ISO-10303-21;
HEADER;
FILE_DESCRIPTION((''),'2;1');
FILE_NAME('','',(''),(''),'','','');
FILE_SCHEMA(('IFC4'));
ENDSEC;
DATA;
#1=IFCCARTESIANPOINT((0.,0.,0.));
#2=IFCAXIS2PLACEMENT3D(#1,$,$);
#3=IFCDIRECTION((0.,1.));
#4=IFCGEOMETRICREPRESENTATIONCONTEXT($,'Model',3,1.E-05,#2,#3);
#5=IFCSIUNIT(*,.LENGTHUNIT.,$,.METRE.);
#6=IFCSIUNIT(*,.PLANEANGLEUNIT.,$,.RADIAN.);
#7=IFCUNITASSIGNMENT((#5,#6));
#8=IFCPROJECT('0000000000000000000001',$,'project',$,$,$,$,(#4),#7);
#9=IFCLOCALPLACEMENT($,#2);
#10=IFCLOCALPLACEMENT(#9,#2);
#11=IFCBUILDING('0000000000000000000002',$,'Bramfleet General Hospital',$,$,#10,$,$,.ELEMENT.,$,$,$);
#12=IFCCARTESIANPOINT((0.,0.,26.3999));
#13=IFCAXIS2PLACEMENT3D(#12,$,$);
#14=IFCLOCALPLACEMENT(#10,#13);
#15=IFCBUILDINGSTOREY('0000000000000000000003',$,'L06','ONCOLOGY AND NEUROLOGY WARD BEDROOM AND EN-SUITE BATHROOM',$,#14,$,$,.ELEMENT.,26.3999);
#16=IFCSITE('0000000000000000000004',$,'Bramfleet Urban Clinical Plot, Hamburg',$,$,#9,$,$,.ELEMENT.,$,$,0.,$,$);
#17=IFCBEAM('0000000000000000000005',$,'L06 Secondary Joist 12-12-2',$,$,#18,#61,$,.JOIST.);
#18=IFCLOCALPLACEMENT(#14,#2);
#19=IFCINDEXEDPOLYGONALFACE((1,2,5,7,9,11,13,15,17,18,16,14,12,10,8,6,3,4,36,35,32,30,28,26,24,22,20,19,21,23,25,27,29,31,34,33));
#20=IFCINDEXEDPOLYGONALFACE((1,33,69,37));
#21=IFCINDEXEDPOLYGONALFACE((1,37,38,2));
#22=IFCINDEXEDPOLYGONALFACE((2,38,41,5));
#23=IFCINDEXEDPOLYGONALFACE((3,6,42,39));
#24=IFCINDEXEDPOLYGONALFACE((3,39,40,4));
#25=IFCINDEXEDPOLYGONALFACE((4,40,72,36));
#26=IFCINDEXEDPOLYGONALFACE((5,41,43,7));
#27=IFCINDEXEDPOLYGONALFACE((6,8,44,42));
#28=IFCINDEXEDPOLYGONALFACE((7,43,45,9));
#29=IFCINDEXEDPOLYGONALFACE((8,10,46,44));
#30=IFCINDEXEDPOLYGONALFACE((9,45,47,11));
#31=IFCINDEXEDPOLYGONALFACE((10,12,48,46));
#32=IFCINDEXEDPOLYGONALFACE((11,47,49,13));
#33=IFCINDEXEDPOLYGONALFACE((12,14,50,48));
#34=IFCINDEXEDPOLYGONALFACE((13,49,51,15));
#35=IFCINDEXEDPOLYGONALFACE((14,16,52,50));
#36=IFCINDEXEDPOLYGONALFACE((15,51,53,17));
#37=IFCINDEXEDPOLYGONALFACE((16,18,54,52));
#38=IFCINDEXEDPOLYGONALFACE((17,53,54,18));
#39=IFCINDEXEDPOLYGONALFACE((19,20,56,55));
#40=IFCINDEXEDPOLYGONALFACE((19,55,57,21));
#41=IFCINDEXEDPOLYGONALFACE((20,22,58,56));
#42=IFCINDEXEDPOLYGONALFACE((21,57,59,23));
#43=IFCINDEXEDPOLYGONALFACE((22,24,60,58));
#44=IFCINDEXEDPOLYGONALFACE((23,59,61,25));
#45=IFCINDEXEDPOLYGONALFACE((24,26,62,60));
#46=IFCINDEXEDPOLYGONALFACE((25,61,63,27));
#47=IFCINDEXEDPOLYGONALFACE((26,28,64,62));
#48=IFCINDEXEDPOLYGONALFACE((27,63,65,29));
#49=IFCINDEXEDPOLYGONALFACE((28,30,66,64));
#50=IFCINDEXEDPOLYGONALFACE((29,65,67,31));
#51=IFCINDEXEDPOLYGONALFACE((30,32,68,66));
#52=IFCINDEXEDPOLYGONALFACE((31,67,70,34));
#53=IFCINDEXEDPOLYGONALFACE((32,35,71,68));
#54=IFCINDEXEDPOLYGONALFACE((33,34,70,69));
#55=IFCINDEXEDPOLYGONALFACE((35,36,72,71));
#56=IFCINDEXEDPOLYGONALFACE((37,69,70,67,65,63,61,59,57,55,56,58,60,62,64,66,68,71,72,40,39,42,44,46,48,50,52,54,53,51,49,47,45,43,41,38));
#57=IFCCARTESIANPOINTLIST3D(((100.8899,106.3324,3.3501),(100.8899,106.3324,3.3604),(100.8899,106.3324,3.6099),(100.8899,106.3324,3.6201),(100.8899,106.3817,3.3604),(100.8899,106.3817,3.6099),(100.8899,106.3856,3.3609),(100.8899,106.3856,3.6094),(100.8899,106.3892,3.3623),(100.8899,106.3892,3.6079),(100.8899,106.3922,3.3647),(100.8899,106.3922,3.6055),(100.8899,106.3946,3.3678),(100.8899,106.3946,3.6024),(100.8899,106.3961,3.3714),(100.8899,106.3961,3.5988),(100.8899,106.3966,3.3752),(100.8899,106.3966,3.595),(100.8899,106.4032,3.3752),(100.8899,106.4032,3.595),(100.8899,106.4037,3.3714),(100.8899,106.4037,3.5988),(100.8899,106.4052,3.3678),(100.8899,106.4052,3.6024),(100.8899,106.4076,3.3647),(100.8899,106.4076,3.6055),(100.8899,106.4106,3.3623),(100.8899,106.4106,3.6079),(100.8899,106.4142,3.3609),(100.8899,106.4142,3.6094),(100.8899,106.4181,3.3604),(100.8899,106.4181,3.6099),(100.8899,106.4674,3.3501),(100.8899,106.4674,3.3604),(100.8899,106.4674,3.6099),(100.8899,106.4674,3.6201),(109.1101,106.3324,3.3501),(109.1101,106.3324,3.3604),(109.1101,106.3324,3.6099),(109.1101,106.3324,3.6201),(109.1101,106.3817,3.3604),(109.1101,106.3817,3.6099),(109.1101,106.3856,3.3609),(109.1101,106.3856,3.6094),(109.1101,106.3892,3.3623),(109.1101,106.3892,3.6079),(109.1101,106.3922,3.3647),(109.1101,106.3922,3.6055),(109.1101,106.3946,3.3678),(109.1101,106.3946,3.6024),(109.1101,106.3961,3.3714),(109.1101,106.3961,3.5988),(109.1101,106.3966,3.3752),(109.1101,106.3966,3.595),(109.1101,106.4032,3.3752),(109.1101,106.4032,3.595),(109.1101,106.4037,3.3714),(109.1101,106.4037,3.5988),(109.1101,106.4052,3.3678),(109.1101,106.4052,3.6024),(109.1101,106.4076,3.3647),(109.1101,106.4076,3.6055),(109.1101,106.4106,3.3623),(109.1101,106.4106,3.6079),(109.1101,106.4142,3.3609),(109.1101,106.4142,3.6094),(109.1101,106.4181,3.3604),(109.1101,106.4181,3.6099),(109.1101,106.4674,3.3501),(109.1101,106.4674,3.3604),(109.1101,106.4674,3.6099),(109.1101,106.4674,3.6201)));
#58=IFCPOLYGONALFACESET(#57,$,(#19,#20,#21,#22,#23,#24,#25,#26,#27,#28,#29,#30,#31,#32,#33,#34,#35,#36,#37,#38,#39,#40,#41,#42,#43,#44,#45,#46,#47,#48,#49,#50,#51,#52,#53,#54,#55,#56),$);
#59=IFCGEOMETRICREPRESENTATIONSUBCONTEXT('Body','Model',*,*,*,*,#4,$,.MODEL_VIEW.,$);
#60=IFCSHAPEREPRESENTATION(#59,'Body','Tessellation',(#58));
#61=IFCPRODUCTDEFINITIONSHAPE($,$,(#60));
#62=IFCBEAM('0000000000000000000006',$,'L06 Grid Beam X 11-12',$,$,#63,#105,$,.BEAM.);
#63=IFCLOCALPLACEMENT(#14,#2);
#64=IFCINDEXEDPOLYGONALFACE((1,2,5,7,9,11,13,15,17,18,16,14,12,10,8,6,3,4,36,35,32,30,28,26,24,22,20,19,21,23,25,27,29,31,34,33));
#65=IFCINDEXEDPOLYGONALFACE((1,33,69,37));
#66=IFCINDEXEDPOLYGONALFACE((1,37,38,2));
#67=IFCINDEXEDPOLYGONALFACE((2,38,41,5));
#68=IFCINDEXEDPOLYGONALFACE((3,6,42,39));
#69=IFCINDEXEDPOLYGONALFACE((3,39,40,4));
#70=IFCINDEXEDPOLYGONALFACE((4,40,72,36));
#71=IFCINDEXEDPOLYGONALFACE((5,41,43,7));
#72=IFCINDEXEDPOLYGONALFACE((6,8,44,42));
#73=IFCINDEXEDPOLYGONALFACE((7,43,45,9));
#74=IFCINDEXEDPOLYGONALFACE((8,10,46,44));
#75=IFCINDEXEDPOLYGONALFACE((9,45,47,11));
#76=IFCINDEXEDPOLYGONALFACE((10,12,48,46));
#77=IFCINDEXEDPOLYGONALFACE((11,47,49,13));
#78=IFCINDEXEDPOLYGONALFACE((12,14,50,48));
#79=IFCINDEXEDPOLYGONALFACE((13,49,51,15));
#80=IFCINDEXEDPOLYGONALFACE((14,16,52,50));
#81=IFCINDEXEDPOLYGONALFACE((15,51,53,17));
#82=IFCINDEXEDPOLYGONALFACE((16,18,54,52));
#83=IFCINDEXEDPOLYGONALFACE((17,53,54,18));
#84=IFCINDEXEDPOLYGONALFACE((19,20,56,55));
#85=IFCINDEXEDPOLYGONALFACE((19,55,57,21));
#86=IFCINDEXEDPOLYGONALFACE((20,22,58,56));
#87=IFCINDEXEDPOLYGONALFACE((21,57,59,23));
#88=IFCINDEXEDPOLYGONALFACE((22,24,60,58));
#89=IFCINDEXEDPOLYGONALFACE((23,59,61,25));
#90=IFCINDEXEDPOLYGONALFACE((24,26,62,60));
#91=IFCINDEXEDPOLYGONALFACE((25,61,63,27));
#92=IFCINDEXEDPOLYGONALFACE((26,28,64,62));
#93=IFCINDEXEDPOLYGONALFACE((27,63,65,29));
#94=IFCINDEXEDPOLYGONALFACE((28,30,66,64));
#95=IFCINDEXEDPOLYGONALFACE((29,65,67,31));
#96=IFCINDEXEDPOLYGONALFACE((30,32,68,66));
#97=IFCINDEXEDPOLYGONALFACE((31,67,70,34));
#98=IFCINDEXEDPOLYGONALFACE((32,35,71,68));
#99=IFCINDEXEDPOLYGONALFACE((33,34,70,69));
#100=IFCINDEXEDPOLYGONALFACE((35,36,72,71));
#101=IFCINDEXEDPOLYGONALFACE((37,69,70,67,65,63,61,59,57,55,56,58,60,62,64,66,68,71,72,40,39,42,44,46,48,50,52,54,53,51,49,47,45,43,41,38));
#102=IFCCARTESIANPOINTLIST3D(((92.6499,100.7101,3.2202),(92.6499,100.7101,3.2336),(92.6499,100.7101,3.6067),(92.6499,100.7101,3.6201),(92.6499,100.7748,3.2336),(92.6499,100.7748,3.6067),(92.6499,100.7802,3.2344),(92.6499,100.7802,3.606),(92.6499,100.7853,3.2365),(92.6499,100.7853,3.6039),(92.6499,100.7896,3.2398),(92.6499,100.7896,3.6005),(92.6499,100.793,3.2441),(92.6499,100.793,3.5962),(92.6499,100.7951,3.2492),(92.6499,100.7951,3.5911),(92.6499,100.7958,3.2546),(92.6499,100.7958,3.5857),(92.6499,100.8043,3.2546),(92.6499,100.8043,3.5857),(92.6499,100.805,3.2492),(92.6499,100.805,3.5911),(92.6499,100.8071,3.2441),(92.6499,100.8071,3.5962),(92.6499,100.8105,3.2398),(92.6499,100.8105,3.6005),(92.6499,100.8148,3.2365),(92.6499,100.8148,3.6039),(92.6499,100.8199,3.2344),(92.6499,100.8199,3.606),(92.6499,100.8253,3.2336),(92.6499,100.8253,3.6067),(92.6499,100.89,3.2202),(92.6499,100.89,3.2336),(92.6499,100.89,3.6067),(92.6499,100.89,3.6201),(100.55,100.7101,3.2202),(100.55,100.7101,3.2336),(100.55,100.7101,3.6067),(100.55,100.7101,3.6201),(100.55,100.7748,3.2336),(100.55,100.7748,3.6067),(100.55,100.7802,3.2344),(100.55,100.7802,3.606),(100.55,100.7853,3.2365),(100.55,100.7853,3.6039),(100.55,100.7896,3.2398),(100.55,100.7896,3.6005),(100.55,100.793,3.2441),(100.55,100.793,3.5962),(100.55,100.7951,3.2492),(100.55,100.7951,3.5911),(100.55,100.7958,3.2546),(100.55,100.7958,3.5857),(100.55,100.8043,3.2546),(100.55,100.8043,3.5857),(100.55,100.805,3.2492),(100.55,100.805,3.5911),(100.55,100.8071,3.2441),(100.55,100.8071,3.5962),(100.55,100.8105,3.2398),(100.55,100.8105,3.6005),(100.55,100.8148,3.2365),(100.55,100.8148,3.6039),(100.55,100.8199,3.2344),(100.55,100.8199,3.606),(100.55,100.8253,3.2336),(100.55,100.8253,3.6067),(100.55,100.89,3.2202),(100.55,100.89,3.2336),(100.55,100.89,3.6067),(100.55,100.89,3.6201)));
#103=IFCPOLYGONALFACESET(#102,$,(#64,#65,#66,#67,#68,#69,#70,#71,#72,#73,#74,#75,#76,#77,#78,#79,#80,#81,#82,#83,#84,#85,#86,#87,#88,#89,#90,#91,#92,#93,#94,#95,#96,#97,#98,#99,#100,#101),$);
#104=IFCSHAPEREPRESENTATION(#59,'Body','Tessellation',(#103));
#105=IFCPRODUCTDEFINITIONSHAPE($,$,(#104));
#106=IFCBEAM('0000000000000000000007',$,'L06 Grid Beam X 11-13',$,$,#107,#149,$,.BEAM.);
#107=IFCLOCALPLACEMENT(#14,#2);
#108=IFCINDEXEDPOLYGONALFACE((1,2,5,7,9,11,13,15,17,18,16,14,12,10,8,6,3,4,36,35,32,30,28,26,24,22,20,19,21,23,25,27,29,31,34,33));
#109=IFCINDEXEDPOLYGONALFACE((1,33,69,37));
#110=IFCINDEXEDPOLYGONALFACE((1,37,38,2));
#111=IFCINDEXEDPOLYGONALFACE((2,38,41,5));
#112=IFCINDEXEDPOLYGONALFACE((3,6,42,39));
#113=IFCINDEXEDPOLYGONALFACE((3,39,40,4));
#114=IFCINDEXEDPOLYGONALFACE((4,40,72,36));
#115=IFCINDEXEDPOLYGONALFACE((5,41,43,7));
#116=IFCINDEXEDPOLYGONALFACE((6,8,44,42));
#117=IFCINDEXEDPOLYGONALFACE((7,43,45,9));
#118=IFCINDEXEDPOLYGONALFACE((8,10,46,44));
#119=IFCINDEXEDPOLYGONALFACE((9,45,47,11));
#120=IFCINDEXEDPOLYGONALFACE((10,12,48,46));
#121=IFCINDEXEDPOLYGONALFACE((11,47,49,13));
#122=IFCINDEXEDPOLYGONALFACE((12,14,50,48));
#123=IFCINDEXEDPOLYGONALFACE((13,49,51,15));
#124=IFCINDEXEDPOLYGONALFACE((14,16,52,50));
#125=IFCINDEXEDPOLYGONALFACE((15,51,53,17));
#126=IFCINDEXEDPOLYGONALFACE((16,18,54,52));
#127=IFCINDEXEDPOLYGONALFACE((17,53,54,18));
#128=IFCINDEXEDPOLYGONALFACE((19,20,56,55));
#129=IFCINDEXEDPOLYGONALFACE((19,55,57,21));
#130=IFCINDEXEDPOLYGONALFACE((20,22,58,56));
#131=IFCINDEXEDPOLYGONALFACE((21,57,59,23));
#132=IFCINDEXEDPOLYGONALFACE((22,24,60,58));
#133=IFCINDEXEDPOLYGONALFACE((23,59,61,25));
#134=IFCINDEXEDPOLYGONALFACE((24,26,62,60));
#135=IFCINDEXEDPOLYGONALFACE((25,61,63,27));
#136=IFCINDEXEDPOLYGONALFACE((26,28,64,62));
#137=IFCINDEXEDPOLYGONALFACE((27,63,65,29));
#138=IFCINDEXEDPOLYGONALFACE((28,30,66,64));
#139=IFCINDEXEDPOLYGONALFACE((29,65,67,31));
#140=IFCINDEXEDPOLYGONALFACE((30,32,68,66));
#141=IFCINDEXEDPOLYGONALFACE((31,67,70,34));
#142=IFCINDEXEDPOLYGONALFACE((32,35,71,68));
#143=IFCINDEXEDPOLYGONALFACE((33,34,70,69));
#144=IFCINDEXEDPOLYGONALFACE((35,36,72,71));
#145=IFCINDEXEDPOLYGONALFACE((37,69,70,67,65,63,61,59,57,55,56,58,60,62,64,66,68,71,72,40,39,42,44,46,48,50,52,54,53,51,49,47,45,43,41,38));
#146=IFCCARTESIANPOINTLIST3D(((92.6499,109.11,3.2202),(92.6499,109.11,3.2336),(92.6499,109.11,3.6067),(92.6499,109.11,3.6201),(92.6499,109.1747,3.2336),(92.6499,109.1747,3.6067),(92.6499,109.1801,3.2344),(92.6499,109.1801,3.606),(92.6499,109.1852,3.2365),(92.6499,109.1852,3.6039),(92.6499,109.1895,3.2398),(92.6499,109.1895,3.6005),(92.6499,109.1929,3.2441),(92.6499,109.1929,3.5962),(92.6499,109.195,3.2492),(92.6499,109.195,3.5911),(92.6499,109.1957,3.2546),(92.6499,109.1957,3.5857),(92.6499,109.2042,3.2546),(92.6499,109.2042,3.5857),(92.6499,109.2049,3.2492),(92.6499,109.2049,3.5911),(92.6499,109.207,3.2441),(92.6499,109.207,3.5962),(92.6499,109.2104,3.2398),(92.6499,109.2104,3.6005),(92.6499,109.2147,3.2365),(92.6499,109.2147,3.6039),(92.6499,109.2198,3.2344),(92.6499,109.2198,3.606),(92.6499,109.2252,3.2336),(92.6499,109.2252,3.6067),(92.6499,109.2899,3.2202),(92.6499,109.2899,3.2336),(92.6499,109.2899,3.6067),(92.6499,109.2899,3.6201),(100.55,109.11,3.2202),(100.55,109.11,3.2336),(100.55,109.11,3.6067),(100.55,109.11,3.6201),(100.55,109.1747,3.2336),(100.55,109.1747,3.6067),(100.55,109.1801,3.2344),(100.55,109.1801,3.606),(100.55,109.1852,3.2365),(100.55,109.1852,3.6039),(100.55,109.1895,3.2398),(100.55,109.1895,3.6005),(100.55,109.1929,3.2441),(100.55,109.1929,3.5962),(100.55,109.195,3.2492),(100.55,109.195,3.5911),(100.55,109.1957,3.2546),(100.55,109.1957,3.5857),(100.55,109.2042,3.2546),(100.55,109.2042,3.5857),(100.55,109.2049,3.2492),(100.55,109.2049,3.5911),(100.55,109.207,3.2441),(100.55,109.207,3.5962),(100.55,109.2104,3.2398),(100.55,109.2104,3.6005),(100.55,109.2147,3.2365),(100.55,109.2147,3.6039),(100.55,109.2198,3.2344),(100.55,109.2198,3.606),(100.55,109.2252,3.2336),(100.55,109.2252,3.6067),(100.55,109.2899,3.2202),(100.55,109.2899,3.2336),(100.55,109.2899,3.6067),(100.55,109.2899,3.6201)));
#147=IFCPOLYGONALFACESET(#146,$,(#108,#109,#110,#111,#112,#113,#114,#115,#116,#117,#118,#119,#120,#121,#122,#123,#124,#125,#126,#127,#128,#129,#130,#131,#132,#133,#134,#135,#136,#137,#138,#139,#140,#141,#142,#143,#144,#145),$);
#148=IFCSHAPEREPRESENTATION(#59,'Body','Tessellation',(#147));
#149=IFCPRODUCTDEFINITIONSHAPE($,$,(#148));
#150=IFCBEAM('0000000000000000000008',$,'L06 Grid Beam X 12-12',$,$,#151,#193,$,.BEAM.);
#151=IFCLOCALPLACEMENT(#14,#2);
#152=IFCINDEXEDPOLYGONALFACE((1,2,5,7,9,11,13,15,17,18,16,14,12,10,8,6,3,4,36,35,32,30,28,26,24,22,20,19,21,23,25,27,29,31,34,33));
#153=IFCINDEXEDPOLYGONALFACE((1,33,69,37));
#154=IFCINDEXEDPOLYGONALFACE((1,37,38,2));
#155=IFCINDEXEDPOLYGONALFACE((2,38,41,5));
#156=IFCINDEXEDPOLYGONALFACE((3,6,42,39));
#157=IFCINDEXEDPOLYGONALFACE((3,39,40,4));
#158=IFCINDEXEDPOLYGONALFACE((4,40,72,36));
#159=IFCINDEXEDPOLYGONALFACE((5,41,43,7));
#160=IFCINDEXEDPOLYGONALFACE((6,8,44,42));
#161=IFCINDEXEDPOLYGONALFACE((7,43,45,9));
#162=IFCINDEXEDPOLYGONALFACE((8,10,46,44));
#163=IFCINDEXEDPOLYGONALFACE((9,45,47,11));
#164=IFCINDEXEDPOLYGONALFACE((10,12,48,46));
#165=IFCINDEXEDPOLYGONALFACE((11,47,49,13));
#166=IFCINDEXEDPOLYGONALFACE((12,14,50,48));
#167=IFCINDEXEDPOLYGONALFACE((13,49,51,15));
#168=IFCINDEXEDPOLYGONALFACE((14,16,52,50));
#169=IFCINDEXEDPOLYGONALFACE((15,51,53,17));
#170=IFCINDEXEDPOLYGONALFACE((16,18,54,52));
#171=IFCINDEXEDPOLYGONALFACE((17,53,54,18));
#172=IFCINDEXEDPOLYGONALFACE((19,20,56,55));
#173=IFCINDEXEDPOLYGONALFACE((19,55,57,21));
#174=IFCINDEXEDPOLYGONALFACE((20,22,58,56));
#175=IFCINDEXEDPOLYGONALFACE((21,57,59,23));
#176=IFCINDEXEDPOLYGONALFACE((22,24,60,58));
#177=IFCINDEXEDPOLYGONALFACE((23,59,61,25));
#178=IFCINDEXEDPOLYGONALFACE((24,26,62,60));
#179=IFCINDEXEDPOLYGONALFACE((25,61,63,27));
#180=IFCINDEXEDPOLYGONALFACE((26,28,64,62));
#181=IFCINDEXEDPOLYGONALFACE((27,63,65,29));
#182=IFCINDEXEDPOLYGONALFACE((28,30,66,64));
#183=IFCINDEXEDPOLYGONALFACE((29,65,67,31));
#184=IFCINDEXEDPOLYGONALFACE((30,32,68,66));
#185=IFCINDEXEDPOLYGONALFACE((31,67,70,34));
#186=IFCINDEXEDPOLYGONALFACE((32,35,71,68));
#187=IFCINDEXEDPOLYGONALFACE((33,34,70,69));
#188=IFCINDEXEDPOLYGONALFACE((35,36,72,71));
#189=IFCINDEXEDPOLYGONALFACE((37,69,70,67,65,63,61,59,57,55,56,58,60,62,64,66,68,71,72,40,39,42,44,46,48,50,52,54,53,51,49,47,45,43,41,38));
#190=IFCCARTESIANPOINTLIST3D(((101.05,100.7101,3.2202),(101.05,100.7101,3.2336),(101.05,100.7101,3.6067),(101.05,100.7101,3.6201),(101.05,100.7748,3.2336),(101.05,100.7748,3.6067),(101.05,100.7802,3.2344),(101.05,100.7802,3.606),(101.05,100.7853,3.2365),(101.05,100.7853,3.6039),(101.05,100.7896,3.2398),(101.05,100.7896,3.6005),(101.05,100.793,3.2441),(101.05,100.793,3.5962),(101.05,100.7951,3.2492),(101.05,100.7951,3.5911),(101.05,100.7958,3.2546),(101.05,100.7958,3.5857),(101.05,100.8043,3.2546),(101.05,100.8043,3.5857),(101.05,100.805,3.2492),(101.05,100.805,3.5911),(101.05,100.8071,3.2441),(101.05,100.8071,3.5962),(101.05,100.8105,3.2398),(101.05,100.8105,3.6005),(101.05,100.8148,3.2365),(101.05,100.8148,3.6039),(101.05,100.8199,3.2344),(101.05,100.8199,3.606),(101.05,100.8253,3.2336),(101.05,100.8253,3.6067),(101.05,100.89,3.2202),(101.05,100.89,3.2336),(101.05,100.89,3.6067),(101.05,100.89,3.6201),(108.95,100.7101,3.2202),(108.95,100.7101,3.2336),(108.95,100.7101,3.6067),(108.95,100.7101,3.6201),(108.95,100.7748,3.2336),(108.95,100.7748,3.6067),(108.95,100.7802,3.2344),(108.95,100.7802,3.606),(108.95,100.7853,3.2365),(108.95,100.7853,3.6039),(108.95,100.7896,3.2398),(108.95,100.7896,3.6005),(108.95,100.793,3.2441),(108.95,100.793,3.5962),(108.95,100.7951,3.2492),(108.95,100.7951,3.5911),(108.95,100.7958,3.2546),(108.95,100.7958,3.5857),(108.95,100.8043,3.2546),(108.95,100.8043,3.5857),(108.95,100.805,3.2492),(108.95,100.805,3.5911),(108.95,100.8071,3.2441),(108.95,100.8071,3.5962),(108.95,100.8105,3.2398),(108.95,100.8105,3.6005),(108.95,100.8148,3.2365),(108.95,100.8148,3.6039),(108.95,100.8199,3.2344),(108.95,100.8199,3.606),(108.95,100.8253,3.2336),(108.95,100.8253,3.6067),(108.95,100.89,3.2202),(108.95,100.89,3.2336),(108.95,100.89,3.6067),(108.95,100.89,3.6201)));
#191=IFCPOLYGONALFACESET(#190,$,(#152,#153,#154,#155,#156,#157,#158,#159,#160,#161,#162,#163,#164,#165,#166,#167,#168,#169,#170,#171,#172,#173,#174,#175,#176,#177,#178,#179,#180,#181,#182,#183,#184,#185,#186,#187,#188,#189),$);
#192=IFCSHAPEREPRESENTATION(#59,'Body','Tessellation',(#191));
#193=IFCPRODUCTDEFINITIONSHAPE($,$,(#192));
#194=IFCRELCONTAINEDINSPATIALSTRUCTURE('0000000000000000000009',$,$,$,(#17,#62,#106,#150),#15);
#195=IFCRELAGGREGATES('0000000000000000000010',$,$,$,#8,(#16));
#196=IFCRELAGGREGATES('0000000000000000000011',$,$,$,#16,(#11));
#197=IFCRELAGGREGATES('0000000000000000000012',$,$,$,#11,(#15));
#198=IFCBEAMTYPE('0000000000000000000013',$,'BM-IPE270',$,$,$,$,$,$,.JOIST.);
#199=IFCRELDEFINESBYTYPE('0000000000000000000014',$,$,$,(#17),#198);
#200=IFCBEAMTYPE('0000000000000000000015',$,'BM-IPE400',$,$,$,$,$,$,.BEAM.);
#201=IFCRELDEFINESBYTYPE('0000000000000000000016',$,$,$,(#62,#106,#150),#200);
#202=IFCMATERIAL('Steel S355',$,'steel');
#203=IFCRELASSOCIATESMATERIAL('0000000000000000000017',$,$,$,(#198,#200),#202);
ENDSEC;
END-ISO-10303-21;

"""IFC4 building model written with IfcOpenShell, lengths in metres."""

from ifc_helpers import new_model, si_unit, direction, frame, origin, origin_2d, place, context, subcontext, project, spatial, i_section, extrude, material, material_profile, profile_set, type_object, element, save


model = new_model("IFC4")

# Units and contexts
model_context = context("Model", 3, precision=1e-05, world=origin(), true_north=direction((0.0, 1.0)))
body_context = subcontext(model_context, "Body", "Model", "MODEL_VIEW")
ifc_project = project(units=[si_unit("LENGTHUNIT", "METRE"), si_unit("PLANEANGLEUNIT", "RADIAN")], contexts=[model_context])

# Site, building, storey
site_placement = place(None, origin())
site = spatial("IfcSite", under=ifc_project, at=site_placement, Name="Bramfleet Urban Clinical Plot, Hamburg", CompositionType="ELEMENT", RefElevation=0.0)
building_placement = place(site_placement, origin())
building = spatial("IfcBuilding", under=site, at=building_placement, Name="Bramfleet General Hospital", CompositionType="ELEMENT")
storey_placement = place(building_placement, frame((0.0, 0.0, 26.3999)))
storey = spatial("IfcBuildingStorey", under=building, at=storey_placement, Name="L06", Description="ONCOLOGY AND NEUROLOGY WARD BEDROOM AND EN-SUITE BATHROOM", CompositionType="ELEMENT", Elevation=26.3999)

# Beams
ifc_material_1 = material(Name="Steel S355", Category="steel")
ifc_material_profile_1 = material_profile(ifc_material_1, i_section(OverallWidth=0.135, OverallDepth=0.27, WebThickness=0.0066, FlangeThickness=0.0103, FilletRadius=0.0149, at=origin_2d()), Name="IPE 270")
ifc_profile_set_1 = profile_set([ifc_material_profile_1], Name="Steel S355")
beam_type_1 = type_object("IfcBeamType", Name="BM-IPE270", PredefinedType="JOIST", material=ifc_profile_set_1)
for number, where, z_axis, x_axis, name in (
    (1, (100.8899, 106.3999, 3.4851), (1.0, 0.0, 0.0), (0.0, 1.0, 0.0), "L06 Secondary Joist 12-12-2"),
):
    element("IfcBeam", number, at=place(storey_placement, frame(where, z_axis=z_axis, x_axis=x_axis)), inside=storey, type_object=beam_type_1, Name=name, PredefinedType="JOIST", context=body_context, shape_type="SweptSolid", body=[
        extrude(i_section(OverallWidth=0.135, OverallDepth=0.27, WebThickness=0.0066, FlangeThickness=0.0103, FilletRadius=0.0149, at=origin_2d()), origin(), (0.0, 0.0, 1.0), 8.2202),
    ])
ifc_material_profile_2 = material_profile(ifc_material_1, i_section(OverallWidth=0.1799, OverallDepth=0.3999, WebThickness=0.0085, FlangeThickness=0.0134, FilletRadius=0.021, at=origin_2d()), Name="IPE 400")
ifc_profile_set_2 = profile_set([ifc_material_profile_2], Name="Steel S355")
beam_type_2 = type_object("IfcBeamType", Name="BM-IPE400", PredefinedType="BEAM", material=ifc_profile_set_2)
for number, where, z_axis, x_axis, name in (
    (2, (92.6499, 100.8, 3.4202), (1.0, 0.0, 0.0), (0.0, 1.0, 0.0), "L06 Grid Beam X 11-12"),
    (3, (92.6499, 109.2, 3.4202), (1.0, 0.0, 0.0), (0.0, 1.0, 0.0), "L06 Grid Beam X 11-13"),
):
    element("IfcBeam", number, at=place(storey_placement, frame(where, z_axis=z_axis, x_axis=x_axis)), inside=storey, type_object=beam_type_2, Name=name, PredefinedType="BEAM", context=body_context, shape_type="SweptSolid", body=[
        extrude(i_section(OverallWidth=0.1799, OverallDepth=0.3999, WebThickness=0.0085, FlangeThickness=0.0134, FilletRadius=0.021, at=origin_2d()), origin(), (0.0, 0.0, 1.0), 7.9001),
    ])
for number, where, z_axis, x_axis, name in (
    (4, (101.05, 100.8, 3.4202), (1.0, 0.0, 0.0), (0.0, 1.0, 0.0), "L06 Grid Beam X 12-12"),
):
    element("IfcBeam", number, at=place(storey_placement, frame(where, z_axis=z_axis, x_axis=x_axis)), inside=storey, type_object=beam_type_2, Name=name, PredefinedType="BEAM", context=body_context, shape_type="SweptSolid", body=[
        extrude(i_section(OverallWidth=0.1799, OverallDepth=0.3999, WebThickness=0.0085, FlangeThickness=0.0134, FilletRadius=0.021, at=origin_2d()), origin(), (0.0, 0.0, 1.0), 7.8999),
    ])

save(model, "model.ifc")
